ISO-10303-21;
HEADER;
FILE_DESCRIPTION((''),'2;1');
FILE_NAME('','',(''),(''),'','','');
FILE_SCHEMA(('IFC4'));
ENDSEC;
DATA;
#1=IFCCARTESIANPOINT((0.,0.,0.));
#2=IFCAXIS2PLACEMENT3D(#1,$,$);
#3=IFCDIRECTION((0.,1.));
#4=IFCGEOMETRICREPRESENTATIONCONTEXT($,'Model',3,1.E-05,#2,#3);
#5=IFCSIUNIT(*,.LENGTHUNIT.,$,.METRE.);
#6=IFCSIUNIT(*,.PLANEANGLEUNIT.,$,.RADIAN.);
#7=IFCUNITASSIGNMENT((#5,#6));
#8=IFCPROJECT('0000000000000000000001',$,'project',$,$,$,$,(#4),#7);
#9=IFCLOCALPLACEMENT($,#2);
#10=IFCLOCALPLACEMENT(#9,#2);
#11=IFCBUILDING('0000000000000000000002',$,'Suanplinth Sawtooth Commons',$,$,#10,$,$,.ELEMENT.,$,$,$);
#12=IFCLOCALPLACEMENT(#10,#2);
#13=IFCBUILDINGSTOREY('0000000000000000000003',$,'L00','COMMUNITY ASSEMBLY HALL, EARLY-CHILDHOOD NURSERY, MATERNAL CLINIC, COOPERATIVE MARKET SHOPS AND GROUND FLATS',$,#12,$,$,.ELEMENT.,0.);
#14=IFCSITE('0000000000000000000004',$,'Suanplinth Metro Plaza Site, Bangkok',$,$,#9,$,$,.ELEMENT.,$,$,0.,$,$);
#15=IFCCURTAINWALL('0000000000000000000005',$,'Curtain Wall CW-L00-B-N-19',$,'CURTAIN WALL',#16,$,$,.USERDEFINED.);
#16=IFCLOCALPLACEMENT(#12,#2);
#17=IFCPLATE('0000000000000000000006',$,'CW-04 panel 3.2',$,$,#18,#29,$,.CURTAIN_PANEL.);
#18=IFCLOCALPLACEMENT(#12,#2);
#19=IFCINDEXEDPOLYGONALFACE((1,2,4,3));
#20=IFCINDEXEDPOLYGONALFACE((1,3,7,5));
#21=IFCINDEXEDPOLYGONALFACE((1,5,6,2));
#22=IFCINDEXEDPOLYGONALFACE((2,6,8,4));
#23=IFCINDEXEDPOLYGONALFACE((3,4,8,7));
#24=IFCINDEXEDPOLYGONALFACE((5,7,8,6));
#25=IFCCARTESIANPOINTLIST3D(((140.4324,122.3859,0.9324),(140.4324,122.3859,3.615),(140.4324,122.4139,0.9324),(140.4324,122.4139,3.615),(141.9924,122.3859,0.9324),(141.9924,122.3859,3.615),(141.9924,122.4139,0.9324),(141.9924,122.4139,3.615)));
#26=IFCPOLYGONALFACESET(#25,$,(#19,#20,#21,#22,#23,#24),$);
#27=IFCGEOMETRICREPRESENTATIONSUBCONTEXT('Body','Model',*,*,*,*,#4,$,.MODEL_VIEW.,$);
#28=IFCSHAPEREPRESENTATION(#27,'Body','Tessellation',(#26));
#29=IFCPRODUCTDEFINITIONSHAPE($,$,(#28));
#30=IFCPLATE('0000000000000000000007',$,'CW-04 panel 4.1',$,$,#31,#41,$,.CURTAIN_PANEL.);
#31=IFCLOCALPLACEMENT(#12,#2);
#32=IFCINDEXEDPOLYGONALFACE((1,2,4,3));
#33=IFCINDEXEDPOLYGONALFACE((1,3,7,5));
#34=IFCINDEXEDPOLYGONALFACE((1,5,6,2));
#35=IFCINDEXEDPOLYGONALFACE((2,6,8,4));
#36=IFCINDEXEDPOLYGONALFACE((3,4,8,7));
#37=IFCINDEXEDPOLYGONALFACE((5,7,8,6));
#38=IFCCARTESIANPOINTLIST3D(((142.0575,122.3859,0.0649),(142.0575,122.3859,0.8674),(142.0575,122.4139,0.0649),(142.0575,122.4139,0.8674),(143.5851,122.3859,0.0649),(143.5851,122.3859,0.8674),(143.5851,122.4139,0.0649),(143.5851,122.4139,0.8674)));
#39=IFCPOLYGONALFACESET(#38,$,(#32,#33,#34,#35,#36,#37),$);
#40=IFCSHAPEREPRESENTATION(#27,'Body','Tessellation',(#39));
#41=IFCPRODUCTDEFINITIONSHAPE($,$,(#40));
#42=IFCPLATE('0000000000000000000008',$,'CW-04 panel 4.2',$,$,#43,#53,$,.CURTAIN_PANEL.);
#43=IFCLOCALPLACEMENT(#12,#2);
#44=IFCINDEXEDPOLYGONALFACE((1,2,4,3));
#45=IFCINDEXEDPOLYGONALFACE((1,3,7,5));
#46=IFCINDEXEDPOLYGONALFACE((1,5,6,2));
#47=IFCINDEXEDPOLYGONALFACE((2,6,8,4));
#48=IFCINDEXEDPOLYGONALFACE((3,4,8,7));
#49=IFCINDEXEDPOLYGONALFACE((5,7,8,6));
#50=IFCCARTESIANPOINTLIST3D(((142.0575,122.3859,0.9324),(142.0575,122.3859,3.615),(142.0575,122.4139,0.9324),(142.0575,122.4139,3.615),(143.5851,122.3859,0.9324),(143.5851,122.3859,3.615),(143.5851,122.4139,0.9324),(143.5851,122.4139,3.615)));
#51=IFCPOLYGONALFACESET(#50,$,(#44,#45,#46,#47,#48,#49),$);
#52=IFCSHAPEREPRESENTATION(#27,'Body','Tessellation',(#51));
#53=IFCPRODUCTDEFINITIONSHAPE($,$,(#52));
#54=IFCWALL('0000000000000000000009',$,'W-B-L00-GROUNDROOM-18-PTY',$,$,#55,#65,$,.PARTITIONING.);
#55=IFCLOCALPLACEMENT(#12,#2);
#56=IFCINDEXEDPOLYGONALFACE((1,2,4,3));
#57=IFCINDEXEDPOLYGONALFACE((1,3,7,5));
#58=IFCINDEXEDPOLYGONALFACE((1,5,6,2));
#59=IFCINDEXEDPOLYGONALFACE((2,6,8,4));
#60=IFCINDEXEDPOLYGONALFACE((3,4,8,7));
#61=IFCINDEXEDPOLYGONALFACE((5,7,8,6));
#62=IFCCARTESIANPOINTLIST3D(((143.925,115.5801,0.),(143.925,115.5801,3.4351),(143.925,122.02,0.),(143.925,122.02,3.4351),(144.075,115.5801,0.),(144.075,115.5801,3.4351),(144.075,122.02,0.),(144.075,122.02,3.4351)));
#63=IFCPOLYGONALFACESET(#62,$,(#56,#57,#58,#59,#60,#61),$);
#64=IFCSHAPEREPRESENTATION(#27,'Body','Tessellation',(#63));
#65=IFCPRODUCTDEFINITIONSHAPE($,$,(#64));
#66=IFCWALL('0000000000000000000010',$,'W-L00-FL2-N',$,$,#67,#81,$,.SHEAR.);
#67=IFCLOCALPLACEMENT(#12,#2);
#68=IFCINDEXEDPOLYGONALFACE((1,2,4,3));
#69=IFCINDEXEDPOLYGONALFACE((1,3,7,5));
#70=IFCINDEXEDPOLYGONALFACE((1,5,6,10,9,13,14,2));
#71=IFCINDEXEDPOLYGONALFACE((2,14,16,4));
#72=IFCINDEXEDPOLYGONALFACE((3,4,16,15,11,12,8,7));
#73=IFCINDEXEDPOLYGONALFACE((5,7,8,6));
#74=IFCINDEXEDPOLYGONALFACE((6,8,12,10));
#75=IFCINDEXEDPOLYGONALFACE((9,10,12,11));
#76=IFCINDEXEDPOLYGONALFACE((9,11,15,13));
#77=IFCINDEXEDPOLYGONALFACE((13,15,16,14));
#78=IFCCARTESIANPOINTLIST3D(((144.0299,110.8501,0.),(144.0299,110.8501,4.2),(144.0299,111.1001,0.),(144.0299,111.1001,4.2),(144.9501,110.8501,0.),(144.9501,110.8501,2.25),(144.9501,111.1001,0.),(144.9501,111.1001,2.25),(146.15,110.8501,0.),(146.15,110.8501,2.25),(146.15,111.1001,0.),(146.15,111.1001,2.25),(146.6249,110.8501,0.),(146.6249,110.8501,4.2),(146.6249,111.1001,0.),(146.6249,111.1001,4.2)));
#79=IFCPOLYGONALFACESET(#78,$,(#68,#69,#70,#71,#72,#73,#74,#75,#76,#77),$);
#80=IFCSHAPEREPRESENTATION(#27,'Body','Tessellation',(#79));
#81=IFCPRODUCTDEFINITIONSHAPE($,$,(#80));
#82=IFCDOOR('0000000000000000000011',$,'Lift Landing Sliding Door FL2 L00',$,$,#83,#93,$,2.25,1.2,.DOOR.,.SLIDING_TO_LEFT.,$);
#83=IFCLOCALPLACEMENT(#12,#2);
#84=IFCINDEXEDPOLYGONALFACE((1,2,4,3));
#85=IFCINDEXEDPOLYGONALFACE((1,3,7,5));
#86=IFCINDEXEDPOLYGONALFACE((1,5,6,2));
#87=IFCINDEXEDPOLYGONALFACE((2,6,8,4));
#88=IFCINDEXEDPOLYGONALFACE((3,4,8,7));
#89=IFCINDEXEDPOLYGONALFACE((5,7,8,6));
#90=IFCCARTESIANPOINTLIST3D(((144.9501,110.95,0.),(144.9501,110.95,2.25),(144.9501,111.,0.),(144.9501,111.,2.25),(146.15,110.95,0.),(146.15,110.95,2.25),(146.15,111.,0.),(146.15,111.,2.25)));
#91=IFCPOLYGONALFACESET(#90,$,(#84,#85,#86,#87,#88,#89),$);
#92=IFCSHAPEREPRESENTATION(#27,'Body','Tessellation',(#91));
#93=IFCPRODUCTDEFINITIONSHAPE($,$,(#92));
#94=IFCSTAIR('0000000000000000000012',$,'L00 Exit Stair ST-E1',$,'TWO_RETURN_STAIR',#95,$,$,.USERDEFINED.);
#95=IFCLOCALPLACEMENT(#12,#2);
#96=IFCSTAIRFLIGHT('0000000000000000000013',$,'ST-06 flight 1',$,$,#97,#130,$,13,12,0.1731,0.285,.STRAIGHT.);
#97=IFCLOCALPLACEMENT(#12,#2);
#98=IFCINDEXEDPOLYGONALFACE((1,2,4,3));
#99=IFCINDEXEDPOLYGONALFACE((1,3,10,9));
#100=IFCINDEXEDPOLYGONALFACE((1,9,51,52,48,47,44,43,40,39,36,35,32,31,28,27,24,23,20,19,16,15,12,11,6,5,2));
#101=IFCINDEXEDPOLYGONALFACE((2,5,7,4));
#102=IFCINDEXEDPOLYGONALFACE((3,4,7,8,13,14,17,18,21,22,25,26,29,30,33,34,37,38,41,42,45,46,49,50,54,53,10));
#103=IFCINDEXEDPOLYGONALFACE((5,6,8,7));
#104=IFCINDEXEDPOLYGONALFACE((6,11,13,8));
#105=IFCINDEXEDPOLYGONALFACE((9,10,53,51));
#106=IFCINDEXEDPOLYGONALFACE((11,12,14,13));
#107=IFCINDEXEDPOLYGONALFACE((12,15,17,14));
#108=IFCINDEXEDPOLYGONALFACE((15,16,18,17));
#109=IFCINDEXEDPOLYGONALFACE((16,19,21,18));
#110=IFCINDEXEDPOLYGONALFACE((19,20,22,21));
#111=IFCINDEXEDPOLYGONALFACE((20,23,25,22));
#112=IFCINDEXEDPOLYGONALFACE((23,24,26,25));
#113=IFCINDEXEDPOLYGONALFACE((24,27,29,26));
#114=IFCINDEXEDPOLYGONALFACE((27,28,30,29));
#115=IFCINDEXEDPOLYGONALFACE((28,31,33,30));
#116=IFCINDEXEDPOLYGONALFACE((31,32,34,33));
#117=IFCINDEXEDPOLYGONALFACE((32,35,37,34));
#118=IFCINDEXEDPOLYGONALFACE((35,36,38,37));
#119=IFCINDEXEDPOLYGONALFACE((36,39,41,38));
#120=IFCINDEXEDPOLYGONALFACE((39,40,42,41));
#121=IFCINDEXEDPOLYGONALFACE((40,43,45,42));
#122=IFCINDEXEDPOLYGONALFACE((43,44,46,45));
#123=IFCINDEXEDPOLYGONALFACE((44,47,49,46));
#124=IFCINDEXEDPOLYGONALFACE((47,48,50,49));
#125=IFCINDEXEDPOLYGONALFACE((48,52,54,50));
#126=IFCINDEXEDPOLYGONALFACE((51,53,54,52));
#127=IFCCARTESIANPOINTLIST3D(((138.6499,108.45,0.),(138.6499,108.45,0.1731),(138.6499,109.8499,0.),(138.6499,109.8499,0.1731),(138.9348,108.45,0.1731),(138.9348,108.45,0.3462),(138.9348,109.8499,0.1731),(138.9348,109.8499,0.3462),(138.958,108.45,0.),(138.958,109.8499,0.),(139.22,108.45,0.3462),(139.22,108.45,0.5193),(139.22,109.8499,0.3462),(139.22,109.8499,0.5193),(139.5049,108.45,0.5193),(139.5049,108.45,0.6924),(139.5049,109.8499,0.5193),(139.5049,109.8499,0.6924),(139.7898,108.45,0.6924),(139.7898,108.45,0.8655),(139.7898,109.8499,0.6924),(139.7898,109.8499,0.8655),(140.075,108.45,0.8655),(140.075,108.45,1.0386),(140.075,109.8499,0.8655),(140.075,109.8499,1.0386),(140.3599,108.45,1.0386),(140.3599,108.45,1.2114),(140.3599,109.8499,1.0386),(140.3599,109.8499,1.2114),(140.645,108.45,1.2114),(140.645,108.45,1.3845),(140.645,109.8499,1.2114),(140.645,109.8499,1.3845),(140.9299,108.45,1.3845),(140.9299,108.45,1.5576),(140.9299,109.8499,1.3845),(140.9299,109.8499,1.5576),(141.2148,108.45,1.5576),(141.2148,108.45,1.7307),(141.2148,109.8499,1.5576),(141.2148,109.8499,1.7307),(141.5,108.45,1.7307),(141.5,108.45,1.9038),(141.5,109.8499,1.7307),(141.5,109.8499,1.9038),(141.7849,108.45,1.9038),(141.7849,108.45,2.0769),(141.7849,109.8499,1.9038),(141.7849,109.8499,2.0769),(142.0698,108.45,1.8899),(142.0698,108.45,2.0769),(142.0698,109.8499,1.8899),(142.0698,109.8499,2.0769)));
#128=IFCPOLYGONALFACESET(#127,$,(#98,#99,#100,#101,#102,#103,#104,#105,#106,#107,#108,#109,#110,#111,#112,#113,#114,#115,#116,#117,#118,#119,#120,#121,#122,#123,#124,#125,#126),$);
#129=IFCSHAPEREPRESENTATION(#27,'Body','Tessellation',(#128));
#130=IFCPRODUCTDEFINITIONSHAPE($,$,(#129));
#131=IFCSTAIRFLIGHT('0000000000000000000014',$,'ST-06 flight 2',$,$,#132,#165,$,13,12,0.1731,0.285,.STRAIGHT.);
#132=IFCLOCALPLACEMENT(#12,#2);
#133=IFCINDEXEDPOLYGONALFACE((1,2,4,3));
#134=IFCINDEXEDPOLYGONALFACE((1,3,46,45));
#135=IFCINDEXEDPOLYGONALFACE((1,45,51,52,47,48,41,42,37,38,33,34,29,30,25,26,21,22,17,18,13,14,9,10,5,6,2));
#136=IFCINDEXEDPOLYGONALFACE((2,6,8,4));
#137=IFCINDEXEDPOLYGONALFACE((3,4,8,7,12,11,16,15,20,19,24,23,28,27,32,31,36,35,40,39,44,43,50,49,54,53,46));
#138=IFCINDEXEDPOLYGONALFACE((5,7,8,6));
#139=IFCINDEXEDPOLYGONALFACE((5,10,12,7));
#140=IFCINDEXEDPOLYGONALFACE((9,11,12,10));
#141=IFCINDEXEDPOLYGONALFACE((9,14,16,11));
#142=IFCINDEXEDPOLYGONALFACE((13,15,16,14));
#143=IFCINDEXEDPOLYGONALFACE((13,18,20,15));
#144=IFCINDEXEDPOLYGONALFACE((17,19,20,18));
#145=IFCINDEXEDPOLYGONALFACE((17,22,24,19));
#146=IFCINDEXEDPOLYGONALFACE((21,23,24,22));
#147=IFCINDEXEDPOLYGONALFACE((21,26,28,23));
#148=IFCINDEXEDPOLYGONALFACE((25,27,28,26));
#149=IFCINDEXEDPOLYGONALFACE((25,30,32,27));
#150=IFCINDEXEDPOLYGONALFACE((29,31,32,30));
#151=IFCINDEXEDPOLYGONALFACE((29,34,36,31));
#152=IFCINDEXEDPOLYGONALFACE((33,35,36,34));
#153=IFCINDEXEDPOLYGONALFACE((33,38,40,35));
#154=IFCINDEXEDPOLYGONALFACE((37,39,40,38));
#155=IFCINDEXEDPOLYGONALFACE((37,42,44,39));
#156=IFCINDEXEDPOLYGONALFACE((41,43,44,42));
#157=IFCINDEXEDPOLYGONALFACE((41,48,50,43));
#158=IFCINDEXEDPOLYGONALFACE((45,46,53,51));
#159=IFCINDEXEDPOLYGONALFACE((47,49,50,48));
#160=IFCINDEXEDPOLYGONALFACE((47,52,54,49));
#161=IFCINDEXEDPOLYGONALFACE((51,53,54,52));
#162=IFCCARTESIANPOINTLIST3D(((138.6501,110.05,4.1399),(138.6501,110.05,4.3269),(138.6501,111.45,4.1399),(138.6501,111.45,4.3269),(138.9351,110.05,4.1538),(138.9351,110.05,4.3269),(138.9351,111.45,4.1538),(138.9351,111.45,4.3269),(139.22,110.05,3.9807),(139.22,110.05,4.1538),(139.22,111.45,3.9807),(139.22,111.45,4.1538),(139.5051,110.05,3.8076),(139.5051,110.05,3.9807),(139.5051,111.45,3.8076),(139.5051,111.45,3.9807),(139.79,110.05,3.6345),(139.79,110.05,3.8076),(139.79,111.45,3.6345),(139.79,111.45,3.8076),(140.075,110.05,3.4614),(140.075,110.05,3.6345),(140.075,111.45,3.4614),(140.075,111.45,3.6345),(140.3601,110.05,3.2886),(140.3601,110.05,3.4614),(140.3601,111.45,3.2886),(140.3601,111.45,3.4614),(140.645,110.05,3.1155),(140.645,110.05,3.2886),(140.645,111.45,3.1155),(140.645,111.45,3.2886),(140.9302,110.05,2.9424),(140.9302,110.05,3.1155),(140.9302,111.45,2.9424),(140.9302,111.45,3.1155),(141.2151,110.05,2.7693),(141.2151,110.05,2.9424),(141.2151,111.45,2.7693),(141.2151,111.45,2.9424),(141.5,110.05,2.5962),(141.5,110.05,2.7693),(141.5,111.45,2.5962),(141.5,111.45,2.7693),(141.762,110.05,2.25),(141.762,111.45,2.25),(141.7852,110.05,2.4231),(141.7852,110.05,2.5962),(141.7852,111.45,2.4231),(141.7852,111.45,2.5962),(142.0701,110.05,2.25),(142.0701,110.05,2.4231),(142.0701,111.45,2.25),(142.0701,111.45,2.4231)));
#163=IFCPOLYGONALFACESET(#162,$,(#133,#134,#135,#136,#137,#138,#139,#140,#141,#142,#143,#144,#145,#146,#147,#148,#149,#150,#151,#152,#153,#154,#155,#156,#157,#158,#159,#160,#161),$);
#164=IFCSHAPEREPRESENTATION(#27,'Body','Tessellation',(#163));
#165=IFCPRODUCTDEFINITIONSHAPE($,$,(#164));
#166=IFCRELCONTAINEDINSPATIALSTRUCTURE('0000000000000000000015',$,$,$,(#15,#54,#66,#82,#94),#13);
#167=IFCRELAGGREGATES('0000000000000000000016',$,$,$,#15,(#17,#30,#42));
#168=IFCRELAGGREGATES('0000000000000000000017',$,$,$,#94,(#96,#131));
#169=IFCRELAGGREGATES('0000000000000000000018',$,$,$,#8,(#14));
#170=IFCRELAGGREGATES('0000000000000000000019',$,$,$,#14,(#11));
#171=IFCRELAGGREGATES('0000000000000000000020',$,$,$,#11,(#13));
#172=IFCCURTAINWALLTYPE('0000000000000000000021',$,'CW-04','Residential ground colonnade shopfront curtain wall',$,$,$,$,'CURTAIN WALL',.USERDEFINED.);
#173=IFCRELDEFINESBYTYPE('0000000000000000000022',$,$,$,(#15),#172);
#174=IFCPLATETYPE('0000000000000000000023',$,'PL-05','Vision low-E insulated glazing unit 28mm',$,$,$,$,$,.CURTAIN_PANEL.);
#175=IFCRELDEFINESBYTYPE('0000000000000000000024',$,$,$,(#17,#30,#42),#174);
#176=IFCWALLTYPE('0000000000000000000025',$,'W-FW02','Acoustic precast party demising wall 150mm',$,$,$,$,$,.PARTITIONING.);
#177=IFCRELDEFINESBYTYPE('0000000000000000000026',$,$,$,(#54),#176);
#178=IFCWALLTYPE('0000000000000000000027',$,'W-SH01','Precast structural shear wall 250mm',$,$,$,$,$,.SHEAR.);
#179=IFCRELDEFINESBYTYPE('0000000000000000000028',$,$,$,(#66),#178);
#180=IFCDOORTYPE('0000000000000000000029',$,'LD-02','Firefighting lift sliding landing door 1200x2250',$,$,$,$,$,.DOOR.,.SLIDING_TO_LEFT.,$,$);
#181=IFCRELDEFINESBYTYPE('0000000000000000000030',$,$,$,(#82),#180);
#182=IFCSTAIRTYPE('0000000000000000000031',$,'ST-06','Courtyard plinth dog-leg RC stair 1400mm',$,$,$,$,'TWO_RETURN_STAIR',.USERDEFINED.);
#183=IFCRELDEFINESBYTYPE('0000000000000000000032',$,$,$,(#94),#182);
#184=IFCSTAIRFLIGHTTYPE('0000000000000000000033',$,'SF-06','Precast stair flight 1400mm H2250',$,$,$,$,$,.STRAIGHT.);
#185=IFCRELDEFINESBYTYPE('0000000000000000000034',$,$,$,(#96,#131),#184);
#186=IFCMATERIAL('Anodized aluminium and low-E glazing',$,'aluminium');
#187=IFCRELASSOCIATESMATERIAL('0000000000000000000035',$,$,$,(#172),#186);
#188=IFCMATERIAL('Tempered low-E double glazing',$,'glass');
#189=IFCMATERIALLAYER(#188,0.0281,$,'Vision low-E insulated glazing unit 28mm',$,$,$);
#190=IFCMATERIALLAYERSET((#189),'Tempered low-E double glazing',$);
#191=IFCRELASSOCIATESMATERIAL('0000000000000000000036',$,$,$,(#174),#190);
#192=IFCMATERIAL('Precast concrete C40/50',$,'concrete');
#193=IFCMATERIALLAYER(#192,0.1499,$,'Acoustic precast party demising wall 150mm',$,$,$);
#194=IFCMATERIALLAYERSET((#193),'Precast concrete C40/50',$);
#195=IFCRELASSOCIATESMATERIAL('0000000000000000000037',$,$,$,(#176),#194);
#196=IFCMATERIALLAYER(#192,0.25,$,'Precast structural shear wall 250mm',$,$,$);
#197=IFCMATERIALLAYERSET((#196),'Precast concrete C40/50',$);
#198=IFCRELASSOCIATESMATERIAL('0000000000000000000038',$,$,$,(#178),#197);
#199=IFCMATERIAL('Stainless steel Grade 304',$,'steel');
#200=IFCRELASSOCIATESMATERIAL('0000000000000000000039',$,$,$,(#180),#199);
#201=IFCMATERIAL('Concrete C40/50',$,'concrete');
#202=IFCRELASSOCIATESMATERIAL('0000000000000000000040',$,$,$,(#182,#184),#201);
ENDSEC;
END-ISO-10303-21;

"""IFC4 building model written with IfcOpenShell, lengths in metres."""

from ifc_helpers import new_model, si_unit, direction, frame, frame_2d, origin, origin_2d, place, context, subcontext, project, spatial, polyline, rectangle, outline, extrude, material, layer, layer_set, type_object, element, fill, aggregate, save


model = new_model("IFC4")

# Units and contexts
model_context = context("Model", 3, precision=1e-05, world=origin(), true_north=direction((0.0, 1.0)))
body_context = subcontext(model_context, "Body", "Model", "MODEL_VIEW")
ifc_project = project(units=[si_unit("LENGTHUNIT", "METRE"), si_unit("PLANEANGLEUNIT", "RADIAN")], contexts=[model_context])

# Site, building, storey
site_placement = place(None, origin())
site = spatial("IfcSite", under=ifc_project, at=site_placement, Name="Suanplinth Metro Plaza Site, Bangkok", CompositionType="ELEMENT", RefElevation=0.0)
building_placement = place(site_placement, origin())
building = spatial("IfcBuilding", under=site, at=building_placement, Name="Suanplinth Sawtooth Commons", CompositionType="ELEMENT")
storey_placement = place(building_placement, origin())
storey = spatial("IfcBuildingStorey", under=building, at=storey_placement, Name="L00", Description="COMMUNITY ASSEMBLY HALL, EARLY-CHILDHOOD NURSERY, MATERNAL CLINIC, COOPERATIVE MARKET SHOPS AND GROUND FLATS", CompositionType="ELEMENT", Elevation=0.0)

# Shared definitions
ifc_material_1 = material(Name="Concrete C40/50", Category="concrete")

# Shared definitions
ifc_material_2 = material(Name="Precast concrete C40/50", Category="concrete")

# Curtain wall, plates
ifc_material_3 = material(Name="Anodized aluminium and low-E glazing", Category="aluminium")
curtain_wall_type = type_object("IfcCurtainWallType", Name="CW-04", Description="Residential ground colonnade shopfront curtain wall", ElementType="CURTAIN WALL", PredefinedType="USERDEFINED", material=ifc_material_3)
curtain_wall_placement = place(storey_placement, origin())
curtain_wall = element("IfcCurtainWall", 1, at=curtain_wall_placement, inside=storey, type_object=curtain_wall_type, Name="Curtain Wall CW-L00-B-N-19", ObjectType="CURTAIN WALL", PredefinedType="USERDEFINED")
ifc_material_4 = material(Name="Tempered low-E double glazing", Category="glass")
ifc_layer_1 = layer(ifc_material_4, 0.0281, Name="Vision low-E insulated glazing unit 28mm")
ifc_layer_set_1 = layer_set([ifc_layer_1], Name="Tempered low-E double glazing")
plate_type = type_object("IfcPlateType", Name="PL-05", Description="Vision low-E insulated glazing unit 28mm", PredefinedType="CURTAIN_PANEL", material=ifc_layer_set_1)
plate_1_placement = place(storey_placement, frame((141.2124, 122.3999, 0.9324), z_axis=(0.0, 0.0, 1.0), x_axis=(1.0, 0.0, 0.0)))
plate_1 = element("IfcPlate", 2, at=plate_1_placement, type_object=plate_type, Name="CW-04 panel 3.2", PredefinedType="CURTAIN_PANEL", context=body_context, shape_type="SweptSolid", body=[
    extrude(rectangle(XDim=1.5601, YDim=0.0281, at=origin_2d()), origin(), (0.0, 0.0, 1.0), 2.6826),
])
plate_2_placement = place(storey_placement, frame((142.8213, 122.3999, 0.0649), z_axis=(0.0, 0.0, 1.0), x_axis=(1.0, 0.0, 0.0)))
plate_2 = element("IfcPlate", 3, at=plate_2_placement, type_object=plate_type, Name="CW-04 panel 4.1", PredefinedType="CURTAIN_PANEL", context=body_context, shape_type="SweptSolid", body=[
    extrude(rectangle(XDim=1.5276, YDim=0.0281, at=origin_2d()), origin(), (0.0, 0.0, 1.0), 0.8025),
])
plate_3_placement = place(storey_placement, frame((142.8213, 122.3999, 0.9324), z_axis=(0.0, 0.0, 1.0), x_axis=(1.0, 0.0, 0.0)))
plate_3 = element("IfcPlate", 4, at=plate_3_placement, type_object=plate_type, Name="CW-04 panel 4.2", PredefinedType="CURTAIN_PANEL", context=body_context, shape_type="SweptSolid", body=[
    extrude(rectangle(XDim=1.5276, YDim=0.0281, at=origin_2d()), origin(), (0.0, 0.0, 1.0), 2.6826),
])
aggregate(curtain_wall, [plate_1, plate_2, plate_3])

# Wall
ifc_layer_2 = layer(ifc_material_2, 0.1499, Name="Acoustic precast party demising wall 150mm")
ifc_layer_set_2 = layer_set([ifc_layer_2], Name="Precast concrete C40/50")
wall_type_1 = type_object("IfcWallType", Name="W-FW02", Description="Acoustic precast party demising wall 150mm", PredefinedType="PARTITIONING", material=ifc_layer_set_2)
wall_1_placement = place(storey_placement, frame((144.0, 115.5801, 0.0), z_axis=(0.0, 0.0, 1.0), x_axis=(0.0, 1.0, 0.0)))
element("IfcWall", 5, at=wall_1_placement, inside=storey, type_object=wall_type_1, Name="W-B-L00-GROUNDROOM-18-PTY", PredefinedType="PARTITIONING", context=body_context, shape_type="SweptSolid", body=[
    extrude(rectangle(XDim=6.4399, YDim=0.1499, at=frame_2d((3.22, 0.0))), origin(), (0.0, 0.0, 1.0), 3.4351),
])

# Wall, opening, door
ifc_layer_3 = layer(ifc_material_2, 0.25, Name="Precast structural shear wall 250mm")
ifc_layer_set_3 = layer_set([ifc_layer_3], Name="Precast concrete C40/50")
wall_type_2 = type_object("IfcWallType", Name="W-SH01", Description="Precast structural shear wall 250mm", PredefinedType="SHEAR", material=ifc_layer_set_3)
wall_2_placement = place(storey_placement, frame((144.03, 110.9751, 0.0), z_axis=(0.0, 0.0, 1.0), x_axis=(1.0, 0.0, 0.0)))
wall_2 = element("IfcWall", 6, at=wall_2_placement, inside=storey, type_object=wall_type_2, Name="W-L00-FL2-N", PredefinedType="SHEAR", context=body_context, shape_type="SweptSolid", body=[
    extrude(rectangle(XDim=2.595, YDim=0.25, at=frame_2d((1.2974, 0.0))), origin(), (0.0, 0.0, 1.0), 4.2),
])
opening_placement = place(wall_2_placement, frame((0.9199, 0.0, 0.0)))
opening = element("IfcOpeningElement", 7, at=opening_placement, cuts=wall_2, PredefinedType="OPENING", context=body_context, shape_type="SweptSolid", body=[
    extrude(rectangle(XDim=1.2, YDim=2.25, at=frame_2d((0.6001, 1.125))), frame((0.0, 0.1399, 0.0), z_axis=(0.0, -1.0, 0.0), x_axis=(1.0, 0.0, 0.0)), (0.0, 0.0, 1.0), 0.2798),
])
ifc_material_5 = material(Name="Stainless steel Grade 304", Category="steel")
door_type = type_object("IfcDoorType", Name="LD-02", Description="Firefighting lift sliding landing door 1200x2250", OperationType="SLIDING_TO_LEFT", PredefinedType="DOOR", material=ifc_material_5)
door_placement = place(opening_placement, origin())
door = element("IfcDoor", 8, at=door_placement, inside=storey, type_object=door_type, Name="Lift Landing Sliding Door FL2 L00", OperationType="SLIDING_TO_LEFT", OverallHeight=2.25, OverallWidth=1.2, PredefinedType="DOOR", context=body_context, shape_type="SweptSolid", body=[
    extrude(rectangle(XDim=1.2, YDim=2.25, at=frame_2d((0.6001, 1.125))), frame((0.0, 0.0249, 0.0), z_axis=(0.0, -1.0, 0.0), x_axis=(1.0, 0.0, 0.0)), (0.0, 0.0, 1.0), 0.05),
])
fill(opening, door)

# Stair, stair flights
stair_type = type_object("IfcStairType", Name="ST-06", Description="Courtyard plinth dog-leg RC stair 1400mm", ElementType="TWO_RETURN_STAIR", PredefinedType="USERDEFINED", material=ifc_material_1)
stair_placement = place(storey_placement, origin())
stair = element("IfcStair", 9, at=stair_placement, inside=storey, type_object=stair_type, Name="L00 Exit Stair ST-E1", ObjectType="TWO_RETURN_STAIR", PredefinedType="USERDEFINED")
stair_flight_type = type_object("IfcStairFlightType", Name="SF-06", Description="Precast stair flight 1400mm H2250", PredefinedType="STRAIGHT", material=ifc_material_1)
stair_flight_1_placement = place(storey_placement, frame((138.6499, 109.1499, 0.0), z_axis=(0.0, 0.0, 1.0), x_axis=(1.0, 0.0, 0.0)))
stair_flight_1 = element("IfcStairFlight", 10, at=stair_flight_1_placement, type_object=stair_flight_type, Name="ST-06 flight 1", NumberOfRisers=13, NumberOfTreads=12, PredefinedType="STRAIGHT", RiserHeight=0.1731, TreadLength=0.285, context=body_context, shape_type="SweptSolid", body=[
    extrude(outline(polyline([(0.0, 0.0), (0.0, 0.1731), (0.2849, 0.1731), (0.2849, 0.3462), (0.5701, 0.3462), (0.5701, 0.5193), (0.855, 0.5193), (0.855, 0.6924), (1.1399, 0.6924), (1.1399, 0.8655), (1.425, 0.8655), (1.425, 1.0386), (1.71, 1.0386), (1.71, 1.2114), (1.9951, 1.2114), (1.9951, 1.3845), (2.28, 1.3845), (2.28, 1.5576), (2.5649, 1.5576), (2.5649, 1.7307), (2.8501, 1.7307), (2.8501, 1.9038), (3.135, 1.9038), (3.135, 2.0769), (3.4199, 2.0769), (3.4199, 2.25), (3.4199, 1.8899), (0.3081, 0.0), (0.0, 0.0)])), frame((0.0, 0.7, 0.0), z_axis=(0.0, -1.0, 0.0), x_axis=(1.0, 0.0, 0.0)), (0.0, 0.0, 1.0), 1.3999),
])
stair_flight_2_placement = place(storey_placement, frame((142.0701, 110.75, 2.25), z_axis=(0.0, 0.0, 1.0), x_axis=(-1.0, 0.0, 0.0)))
stair_flight_2 = element("IfcStairFlight", 11, at=stair_flight_2_placement, type_object=stair_flight_type, Name="ST-06 flight 2", NumberOfRisers=13, NumberOfTreads=12, PredefinedType="STRAIGHT", RiserHeight=0.1731, TreadLength=0.285, context=body_context, shape_type="SweptSolid", body=[
    extrude(outline(polyline([(0.0, 0.0), (0.0, 0.1731), (0.2849, 0.1731), (0.2849, 0.3462), (0.5701, 0.3462), (0.5701, 0.5193), (0.855, 0.5193), (0.855, 0.6924), (1.1399, 0.6924), (1.1399, 0.8655), (1.425, 0.8655), (1.425, 1.0386), (1.71, 1.0386), (1.71, 1.2114), (1.9951, 1.2114), (1.9951, 1.3845), (2.28, 1.3845), (2.28, 1.5576), (2.5649, 1.5576), (2.5649, 1.7307), (2.8501, 1.7307), (2.8501, 1.9038), (3.135, 1.9038), (3.135, 2.0769), (3.4199, 2.0769), (3.4199, 2.25), (3.4199, 1.8899), (0.3081, 0.0), (0.0, 0.0)])), frame((0.0, 0.7, 0.0), z_axis=(0.0, -1.0, 0.0), x_axis=(1.0, 0.0, 0.0)), (0.0, 0.0, 1.0), 1.3999),
])
aggregate(stair, [stair_flight_1, stair_flight_2])

save(model, "model.ifc")
